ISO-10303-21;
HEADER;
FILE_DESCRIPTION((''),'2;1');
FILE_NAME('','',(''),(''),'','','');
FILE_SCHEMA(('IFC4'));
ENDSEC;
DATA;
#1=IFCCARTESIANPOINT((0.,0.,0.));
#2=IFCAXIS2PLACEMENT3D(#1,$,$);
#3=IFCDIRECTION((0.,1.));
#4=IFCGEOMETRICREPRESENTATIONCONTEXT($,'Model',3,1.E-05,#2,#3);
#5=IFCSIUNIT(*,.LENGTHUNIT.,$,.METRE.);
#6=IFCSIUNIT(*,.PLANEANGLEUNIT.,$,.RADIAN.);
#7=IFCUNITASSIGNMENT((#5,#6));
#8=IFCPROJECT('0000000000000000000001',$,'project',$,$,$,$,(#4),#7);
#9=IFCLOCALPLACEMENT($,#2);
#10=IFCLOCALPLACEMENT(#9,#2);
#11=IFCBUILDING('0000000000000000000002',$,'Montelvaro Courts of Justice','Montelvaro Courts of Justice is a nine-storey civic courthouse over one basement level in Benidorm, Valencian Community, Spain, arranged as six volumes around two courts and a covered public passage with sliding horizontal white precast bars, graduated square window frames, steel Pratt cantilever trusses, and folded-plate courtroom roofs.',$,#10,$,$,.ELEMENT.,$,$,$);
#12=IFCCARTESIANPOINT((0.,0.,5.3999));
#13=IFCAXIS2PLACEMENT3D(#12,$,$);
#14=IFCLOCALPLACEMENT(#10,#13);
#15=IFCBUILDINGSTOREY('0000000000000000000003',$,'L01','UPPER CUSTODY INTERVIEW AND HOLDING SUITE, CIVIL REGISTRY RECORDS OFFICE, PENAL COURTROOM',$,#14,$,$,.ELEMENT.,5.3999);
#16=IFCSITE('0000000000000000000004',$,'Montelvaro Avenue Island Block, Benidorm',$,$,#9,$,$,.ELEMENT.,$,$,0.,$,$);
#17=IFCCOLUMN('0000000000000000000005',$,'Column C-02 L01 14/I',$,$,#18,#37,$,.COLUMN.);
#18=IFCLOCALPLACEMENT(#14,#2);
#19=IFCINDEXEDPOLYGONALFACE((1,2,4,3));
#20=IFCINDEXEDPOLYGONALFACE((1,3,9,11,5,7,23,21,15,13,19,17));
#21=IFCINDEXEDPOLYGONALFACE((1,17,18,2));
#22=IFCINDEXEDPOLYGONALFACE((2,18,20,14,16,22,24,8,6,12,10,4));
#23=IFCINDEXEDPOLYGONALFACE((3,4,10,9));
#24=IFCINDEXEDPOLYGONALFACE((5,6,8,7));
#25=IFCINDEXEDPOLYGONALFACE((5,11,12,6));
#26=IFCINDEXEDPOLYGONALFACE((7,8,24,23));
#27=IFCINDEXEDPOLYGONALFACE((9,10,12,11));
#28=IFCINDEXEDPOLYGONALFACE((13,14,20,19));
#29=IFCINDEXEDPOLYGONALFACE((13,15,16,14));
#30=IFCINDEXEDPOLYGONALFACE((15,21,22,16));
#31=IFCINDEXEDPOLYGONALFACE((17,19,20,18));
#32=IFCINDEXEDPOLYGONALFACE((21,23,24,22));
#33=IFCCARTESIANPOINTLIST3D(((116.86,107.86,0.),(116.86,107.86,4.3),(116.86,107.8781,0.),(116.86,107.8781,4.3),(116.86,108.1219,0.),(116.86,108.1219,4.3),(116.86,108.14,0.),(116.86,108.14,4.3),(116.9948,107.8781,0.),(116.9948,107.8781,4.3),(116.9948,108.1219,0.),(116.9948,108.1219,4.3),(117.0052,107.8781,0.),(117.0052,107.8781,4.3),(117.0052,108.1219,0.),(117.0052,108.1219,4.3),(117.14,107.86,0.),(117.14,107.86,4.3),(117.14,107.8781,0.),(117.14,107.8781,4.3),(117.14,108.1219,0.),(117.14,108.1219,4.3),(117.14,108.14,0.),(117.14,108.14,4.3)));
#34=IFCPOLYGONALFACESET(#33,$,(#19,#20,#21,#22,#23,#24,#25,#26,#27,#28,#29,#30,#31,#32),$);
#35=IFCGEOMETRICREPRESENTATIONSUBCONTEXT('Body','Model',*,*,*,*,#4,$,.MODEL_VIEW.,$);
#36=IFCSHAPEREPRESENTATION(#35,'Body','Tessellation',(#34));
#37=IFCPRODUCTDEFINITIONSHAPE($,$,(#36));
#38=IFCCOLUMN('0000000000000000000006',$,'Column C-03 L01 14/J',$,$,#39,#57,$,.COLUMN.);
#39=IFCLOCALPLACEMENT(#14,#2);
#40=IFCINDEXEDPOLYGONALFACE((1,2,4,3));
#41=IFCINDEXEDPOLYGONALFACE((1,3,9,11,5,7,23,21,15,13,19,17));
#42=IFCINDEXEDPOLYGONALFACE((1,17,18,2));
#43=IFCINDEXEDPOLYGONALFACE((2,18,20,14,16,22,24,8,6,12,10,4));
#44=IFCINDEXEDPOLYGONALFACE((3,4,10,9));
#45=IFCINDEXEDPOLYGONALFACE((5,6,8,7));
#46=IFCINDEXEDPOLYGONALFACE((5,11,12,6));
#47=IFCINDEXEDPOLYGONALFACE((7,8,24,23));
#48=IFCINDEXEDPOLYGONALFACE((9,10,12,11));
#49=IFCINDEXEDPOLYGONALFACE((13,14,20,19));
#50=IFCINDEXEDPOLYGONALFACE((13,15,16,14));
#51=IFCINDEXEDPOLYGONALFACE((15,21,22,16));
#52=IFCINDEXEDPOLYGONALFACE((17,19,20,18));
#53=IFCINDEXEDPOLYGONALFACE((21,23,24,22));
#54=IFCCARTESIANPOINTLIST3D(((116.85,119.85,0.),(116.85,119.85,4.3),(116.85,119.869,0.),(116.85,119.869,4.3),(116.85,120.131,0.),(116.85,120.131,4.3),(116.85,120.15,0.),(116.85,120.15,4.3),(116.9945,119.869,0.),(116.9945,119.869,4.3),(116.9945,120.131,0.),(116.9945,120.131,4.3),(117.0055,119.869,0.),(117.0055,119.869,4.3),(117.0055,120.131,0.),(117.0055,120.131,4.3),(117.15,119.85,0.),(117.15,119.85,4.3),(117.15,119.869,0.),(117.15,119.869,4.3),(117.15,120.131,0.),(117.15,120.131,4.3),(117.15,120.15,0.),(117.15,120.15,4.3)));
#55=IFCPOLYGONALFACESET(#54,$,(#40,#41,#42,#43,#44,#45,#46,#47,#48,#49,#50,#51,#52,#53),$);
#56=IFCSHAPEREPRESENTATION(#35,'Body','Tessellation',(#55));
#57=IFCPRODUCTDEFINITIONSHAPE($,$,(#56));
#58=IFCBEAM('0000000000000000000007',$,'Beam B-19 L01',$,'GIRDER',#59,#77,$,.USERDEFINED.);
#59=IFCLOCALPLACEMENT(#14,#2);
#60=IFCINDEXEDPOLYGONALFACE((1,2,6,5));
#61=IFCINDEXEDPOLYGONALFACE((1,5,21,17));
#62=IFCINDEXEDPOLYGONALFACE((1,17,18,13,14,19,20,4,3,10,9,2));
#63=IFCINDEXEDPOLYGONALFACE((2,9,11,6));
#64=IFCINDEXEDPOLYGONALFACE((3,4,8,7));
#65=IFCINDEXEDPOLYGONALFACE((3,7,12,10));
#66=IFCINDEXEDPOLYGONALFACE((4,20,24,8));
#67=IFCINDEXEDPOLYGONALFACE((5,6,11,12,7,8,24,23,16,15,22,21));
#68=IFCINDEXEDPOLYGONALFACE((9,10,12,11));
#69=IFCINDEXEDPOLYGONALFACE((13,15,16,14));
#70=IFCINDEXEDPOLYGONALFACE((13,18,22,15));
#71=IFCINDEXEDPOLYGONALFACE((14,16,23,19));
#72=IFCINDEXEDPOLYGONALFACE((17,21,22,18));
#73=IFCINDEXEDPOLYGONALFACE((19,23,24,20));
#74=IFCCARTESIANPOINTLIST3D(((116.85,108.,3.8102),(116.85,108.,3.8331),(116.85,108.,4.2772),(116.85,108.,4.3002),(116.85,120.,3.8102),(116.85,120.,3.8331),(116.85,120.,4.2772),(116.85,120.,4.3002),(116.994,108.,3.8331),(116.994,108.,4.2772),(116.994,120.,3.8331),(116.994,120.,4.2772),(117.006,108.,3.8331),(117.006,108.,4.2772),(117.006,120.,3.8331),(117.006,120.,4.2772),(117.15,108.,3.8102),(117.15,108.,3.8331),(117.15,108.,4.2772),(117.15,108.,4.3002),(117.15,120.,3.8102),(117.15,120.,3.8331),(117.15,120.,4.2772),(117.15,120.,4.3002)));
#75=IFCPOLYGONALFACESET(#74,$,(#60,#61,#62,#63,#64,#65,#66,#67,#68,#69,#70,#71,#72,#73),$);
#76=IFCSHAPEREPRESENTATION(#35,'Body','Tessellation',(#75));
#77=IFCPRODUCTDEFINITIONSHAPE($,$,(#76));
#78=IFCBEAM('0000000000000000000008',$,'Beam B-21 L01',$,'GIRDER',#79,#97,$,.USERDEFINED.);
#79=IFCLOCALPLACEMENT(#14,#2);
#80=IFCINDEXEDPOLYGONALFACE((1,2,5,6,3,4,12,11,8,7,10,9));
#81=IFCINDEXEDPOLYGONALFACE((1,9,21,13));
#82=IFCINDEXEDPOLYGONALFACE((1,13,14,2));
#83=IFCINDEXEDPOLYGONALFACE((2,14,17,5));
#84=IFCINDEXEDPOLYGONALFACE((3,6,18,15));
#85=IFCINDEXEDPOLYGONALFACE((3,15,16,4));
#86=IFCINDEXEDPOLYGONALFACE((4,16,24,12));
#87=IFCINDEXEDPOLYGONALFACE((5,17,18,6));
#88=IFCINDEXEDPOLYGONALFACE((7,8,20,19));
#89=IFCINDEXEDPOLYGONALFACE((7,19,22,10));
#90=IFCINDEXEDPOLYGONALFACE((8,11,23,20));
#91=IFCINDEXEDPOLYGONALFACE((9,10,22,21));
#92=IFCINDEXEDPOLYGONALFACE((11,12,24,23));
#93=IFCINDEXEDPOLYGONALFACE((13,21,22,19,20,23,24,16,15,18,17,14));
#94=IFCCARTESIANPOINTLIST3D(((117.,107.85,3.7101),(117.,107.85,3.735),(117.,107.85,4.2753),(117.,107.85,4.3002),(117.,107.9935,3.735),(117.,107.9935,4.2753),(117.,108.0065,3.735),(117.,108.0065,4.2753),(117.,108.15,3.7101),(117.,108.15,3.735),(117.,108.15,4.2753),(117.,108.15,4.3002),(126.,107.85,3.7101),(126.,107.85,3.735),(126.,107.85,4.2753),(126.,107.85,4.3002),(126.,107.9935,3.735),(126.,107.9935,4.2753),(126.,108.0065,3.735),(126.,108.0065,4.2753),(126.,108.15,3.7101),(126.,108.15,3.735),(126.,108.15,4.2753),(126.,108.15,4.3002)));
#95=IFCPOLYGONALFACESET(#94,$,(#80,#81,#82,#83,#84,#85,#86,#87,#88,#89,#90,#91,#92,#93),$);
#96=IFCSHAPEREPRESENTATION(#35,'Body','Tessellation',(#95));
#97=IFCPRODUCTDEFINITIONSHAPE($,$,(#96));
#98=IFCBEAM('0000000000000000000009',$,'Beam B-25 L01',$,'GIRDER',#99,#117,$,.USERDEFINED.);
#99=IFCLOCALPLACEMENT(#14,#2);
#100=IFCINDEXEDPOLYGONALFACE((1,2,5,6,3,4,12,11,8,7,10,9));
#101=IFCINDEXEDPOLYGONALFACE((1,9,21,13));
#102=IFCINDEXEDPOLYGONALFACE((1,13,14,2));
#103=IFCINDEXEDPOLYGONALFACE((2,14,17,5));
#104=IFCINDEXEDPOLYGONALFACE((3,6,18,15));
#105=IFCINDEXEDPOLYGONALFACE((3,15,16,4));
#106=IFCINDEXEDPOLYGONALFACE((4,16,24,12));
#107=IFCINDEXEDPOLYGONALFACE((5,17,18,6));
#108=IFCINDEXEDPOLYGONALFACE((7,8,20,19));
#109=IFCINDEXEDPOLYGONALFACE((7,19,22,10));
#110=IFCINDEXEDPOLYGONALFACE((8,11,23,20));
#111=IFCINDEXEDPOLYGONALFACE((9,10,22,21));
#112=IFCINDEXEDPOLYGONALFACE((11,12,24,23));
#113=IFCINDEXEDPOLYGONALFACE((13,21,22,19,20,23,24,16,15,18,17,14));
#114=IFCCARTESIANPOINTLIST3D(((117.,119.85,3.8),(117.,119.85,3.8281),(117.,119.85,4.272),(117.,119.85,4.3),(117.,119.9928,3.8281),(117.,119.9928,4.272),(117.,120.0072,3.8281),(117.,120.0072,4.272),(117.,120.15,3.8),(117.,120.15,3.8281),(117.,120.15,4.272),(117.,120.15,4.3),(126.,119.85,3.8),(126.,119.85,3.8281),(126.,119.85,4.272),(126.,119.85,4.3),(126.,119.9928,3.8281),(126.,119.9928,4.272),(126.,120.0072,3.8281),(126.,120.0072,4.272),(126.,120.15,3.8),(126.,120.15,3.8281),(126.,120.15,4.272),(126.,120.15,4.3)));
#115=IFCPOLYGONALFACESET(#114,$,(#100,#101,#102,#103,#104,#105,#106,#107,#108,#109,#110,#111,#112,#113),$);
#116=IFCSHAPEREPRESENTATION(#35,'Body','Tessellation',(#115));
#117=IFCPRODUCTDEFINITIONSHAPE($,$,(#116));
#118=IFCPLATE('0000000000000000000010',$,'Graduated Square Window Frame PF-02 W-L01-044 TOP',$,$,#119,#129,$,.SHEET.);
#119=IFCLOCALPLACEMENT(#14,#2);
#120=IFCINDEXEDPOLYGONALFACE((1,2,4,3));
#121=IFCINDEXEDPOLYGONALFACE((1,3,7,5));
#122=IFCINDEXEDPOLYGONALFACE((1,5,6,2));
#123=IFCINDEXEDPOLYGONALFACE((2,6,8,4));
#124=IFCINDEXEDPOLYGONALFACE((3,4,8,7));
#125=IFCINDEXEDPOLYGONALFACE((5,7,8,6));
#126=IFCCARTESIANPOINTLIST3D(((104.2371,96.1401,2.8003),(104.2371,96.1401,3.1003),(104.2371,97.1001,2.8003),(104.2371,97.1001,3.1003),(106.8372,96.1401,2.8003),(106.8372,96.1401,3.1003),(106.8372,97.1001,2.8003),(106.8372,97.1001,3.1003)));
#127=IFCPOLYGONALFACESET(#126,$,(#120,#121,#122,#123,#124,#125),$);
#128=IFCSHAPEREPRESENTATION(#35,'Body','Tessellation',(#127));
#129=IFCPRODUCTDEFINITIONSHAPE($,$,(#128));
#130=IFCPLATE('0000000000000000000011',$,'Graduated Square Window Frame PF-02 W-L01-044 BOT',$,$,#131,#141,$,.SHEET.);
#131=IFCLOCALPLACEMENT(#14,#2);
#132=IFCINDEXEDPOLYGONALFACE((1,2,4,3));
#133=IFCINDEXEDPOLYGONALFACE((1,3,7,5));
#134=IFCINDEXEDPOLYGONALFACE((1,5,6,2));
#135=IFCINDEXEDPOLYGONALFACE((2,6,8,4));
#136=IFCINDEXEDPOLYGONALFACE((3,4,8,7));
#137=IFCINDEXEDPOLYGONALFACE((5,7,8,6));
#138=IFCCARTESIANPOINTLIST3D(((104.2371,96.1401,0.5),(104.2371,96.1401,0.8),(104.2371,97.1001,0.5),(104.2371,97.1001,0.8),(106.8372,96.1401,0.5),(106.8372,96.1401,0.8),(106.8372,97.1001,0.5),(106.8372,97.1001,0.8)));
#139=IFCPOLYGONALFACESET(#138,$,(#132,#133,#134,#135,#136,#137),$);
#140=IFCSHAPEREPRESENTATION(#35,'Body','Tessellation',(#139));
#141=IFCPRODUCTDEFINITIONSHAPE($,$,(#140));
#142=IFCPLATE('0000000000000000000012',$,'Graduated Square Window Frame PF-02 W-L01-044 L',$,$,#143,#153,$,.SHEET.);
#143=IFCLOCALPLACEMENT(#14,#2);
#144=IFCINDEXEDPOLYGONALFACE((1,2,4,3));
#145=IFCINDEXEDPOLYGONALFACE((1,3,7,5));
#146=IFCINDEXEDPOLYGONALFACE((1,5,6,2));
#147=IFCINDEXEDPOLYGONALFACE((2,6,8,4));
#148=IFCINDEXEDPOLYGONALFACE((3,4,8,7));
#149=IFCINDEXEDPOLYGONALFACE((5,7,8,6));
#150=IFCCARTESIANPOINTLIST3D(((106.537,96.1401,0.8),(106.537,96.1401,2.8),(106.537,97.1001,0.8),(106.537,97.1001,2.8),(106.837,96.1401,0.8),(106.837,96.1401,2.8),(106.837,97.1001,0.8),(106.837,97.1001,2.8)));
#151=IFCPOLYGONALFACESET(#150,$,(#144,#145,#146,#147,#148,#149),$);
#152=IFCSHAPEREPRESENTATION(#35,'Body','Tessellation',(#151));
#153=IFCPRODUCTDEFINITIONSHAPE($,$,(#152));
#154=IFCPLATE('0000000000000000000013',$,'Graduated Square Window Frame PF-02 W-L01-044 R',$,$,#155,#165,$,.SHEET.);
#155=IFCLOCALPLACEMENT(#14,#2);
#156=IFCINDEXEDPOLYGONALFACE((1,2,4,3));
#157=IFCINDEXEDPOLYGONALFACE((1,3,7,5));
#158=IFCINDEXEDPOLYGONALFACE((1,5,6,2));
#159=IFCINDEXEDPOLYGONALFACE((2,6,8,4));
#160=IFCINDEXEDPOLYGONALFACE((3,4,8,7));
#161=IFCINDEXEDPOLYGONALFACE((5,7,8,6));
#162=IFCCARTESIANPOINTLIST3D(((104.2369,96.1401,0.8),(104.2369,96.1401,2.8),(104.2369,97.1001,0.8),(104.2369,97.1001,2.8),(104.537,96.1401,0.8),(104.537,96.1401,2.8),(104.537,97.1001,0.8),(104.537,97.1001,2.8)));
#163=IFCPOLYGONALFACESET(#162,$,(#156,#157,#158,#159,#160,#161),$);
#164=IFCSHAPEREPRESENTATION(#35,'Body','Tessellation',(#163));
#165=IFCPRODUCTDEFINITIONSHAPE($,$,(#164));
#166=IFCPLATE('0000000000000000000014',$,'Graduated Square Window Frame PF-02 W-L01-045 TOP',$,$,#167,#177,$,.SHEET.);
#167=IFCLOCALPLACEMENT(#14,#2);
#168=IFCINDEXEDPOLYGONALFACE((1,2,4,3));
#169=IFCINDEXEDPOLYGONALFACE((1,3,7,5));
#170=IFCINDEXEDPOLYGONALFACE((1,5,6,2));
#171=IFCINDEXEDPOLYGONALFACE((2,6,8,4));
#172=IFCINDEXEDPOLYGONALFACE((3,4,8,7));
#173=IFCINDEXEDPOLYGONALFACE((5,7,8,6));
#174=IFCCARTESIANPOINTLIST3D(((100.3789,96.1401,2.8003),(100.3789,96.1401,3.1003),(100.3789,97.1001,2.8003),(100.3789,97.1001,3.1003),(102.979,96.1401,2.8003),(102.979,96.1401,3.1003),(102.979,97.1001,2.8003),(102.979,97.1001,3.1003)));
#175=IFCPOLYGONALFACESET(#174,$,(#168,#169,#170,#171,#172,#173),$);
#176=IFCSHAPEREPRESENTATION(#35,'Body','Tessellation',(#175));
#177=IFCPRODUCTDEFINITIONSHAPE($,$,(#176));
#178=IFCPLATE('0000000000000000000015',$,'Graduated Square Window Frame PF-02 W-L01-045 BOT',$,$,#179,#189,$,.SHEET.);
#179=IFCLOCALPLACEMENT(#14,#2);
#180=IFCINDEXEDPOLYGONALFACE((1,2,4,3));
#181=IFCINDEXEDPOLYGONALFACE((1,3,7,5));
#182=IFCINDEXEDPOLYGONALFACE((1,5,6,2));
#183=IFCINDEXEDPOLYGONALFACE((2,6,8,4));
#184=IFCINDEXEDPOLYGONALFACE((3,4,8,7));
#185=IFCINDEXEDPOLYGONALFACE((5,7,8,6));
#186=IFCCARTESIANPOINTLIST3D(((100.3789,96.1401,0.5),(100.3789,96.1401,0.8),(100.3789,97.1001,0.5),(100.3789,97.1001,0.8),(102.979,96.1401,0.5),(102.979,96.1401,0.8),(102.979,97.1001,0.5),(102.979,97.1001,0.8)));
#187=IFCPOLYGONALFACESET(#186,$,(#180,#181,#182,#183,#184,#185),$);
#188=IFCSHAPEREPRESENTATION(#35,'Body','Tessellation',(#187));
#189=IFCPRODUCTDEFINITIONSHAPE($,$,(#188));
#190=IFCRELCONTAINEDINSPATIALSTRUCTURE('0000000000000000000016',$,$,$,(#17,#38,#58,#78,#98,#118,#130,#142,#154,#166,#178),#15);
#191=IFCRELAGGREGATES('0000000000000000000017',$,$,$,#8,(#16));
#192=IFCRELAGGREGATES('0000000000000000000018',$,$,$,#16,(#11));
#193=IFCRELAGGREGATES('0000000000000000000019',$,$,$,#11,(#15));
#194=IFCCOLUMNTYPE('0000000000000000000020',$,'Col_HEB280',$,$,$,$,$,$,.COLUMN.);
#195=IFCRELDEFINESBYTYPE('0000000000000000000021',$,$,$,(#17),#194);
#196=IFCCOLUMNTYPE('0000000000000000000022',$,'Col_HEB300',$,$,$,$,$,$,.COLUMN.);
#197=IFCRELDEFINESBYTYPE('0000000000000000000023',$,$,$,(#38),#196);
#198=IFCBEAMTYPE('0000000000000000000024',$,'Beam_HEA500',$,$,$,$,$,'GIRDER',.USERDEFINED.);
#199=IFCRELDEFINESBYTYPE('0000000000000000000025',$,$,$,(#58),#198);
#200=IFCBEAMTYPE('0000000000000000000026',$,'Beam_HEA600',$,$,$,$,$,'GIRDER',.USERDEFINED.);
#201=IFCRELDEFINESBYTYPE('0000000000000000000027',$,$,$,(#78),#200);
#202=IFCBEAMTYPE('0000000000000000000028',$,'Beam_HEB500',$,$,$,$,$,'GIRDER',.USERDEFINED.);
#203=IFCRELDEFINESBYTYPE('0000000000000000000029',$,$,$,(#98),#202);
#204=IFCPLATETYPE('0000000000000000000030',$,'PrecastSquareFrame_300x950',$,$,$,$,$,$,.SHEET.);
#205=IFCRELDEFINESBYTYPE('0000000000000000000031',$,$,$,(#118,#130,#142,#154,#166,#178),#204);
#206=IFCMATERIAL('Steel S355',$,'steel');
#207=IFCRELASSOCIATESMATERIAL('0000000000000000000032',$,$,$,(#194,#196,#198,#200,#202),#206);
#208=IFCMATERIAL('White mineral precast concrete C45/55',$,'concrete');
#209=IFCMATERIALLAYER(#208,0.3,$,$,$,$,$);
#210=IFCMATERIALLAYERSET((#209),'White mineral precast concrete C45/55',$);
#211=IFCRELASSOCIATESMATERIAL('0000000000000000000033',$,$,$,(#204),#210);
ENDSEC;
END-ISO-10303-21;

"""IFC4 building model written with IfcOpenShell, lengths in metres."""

from ifc_helpers import new_model, si_unit, direction, frame, origin, origin_2d, place, context, subcontext, project, spatial, rectangle, i_section, extrude, material, layer, layer_set, material_profile, profile_set, type_object, element, save


model = new_model("IFC4")

# Units and contexts
model_context = context("Model", 3, precision=1e-05, world=origin(), true_north=direction((0.0, 1.0)))
body_context = subcontext(model_context, "Body", "Model", "MODEL_VIEW")
ifc_project = project(units=[si_unit("LENGTHUNIT", "METRE"), si_unit("PLANEANGLEUNIT", "RADIAN")], contexts=[model_context])

# Site, building, storey
site_placement = place(None, origin())
site = spatial("IfcSite", under=ifc_project, at=site_placement, Name="Montelvaro Avenue Island Block, Benidorm", CompositionType="ELEMENT", RefElevation=0.0)
building_placement = place(site_placement, origin())
building = spatial("IfcBuilding", under=site, at=building_placement, Name="Montelvaro Courts of Justice", Description="Montelvaro Courts of Justice is a nine-storey civic courthouse over one basement level in Benidorm, Valencian Community, Spain, arranged as six volumes around two courts and a covered public passage with sliding horizontal white precast bars, graduated square window frames, steel Pratt cantilever trusses, and folded-plate courtroom roofs.", CompositionType="ELEMENT")
storey_placement = place(building_placement, frame((0.0, 0.0, 5.3999)))
storey = spatial("IfcBuildingStorey", under=building, at=storey_placement, Name="L01", Description="UPPER CUSTODY INTERVIEW AND HOLDING SUITE, CIVIL REGISTRY RECORDS OFFICE, PENAL COURTROOM", CompositionType="ELEMENT", Elevation=5.3999)

# Columns
ifc_material_1 = material(Name="Steel S355", Category="steel")
ifc_material_profile_1 = material_profile(ifc_material_1, i_section(OverallWidth=0.28, OverallDepth=0.28, WebThickness=0.0105, FlangeThickness=0.0181, at=origin_2d()), Name="HEB 280")
ifc_profile_set_1 = profile_set([ifc_material_profile_1], Name="Steel S355")
column_type_1 = type_object("IfcColumnType", Name="Col_HEB280", PredefinedType="COLUMN", material=ifc_profile_set_1)
column_1_placement = place(storey_placement, frame((117.0, 108.0, 0.0), z_axis=(0.0, 0.0, 1.0), x_axis=(1.0, 0.0, 0.0)))
element("IfcColumn", 1, at=column_1_placement, inside=storey, type_object=column_type_1, Name="Column C-02 L01 14/I", PredefinedType="COLUMN", context=body_context, shape_type="SweptSolid", body=[
    extrude(i_section(OverallWidth=0.28, OverallDepth=0.28, WebThickness=0.0105, FlangeThickness=0.0181, at=origin_2d()), origin(), (0.0, 0.0, 1.0), 4.3),
])
ifc_material_profile_2 = material_profile(ifc_material_1, i_section(OverallWidth=0.3, OverallDepth=0.3, WebThickness=0.011, FlangeThickness=0.019, at=origin_2d()), Name="HEB 300")
ifc_profile_set_2 = profile_set([ifc_material_profile_2], Name="Steel S355")
column_type_2 = type_object("IfcColumnType", Name="Col_HEB300", PredefinedType="COLUMN", material=ifc_profile_set_2)
column_2_placement = place(storey_placement, frame((117.0, 120.0, 0.0), z_axis=(0.0, 0.0, 1.0), x_axis=(1.0, 0.0, 0.0)))
element("IfcColumn", 2, at=column_2_placement, inside=storey, type_object=column_type_2, Name="Column C-03 L01 14/J", PredefinedType="COLUMN", context=body_context, shape_type="SweptSolid", body=[
    extrude(i_section(OverallWidth=0.3, OverallDepth=0.3, WebThickness=0.011, FlangeThickness=0.019, at=origin_2d()), origin(), (0.0, 0.0, 1.0), 4.3),
])

# Beams
ifc_material_profile_3 = material_profile(ifc_material_1, i_section(OverallWidth=0.3, OverallDepth=0.49, WebThickness=0.012, FlangeThickness=0.0229, at=origin_2d()), Name="HEA 500")
ifc_profile_set_3 = profile_set([ifc_material_profile_3], Name="Steel S355")
beam_type_1 = type_object("IfcBeamType", Name="Beam_HEA500", ElementType="GIRDER", PredefinedType="USERDEFINED", material=ifc_profile_set_3)
beam_1_placement = place(storey_placement, frame((117.0, 108.0, 4.0552), z_axis=(0.0, 1.0, 0.0), x_axis=(-1.0, 0.0, 0.0)))
element("IfcBeam", 3, at=beam_1_placement, inside=storey, type_object=beam_type_1, Name="Beam B-19 L01", ObjectType="GIRDER", PredefinedType="USERDEFINED", context=body_context, shape_type="SweptSolid", body=[
    extrude(i_section(OverallWidth=0.3, OverallDepth=0.49, WebThickness=0.012, FlangeThickness=0.0229, at=origin_2d()), origin(), (0.0, 0.0, 1.0), 12.0),
])
ifc_material_profile_4 = material_profile(ifc_material_1, i_section(OverallWidth=0.3, OverallDepth=0.5901, WebThickness=0.0129, FlangeThickness=0.0249, at=origin_2d()), Name="HEA 600")
ifc_profile_set_4 = profile_set([ifc_material_profile_4], Name="Steel S355")
beam_type_2 = type_object("IfcBeamType", Name="Beam_HEA600", ElementType="GIRDER", PredefinedType="USERDEFINED", material=ifc_profile_set_4)
beam_2_placement = place(storey_placement, frame((117.0, 108.0, 4.0051), z_axis=(1.0, 0.0, 0.0), x_axis=(0.0, 1.0, 0.0)))
element("IfcBeam", 4, at=beam_2_placement, inside=storey, type_object=beam_type_2, Name="Beam B-21 L01", ObjectType="GIRDER", PredefinedType="USERDEFINED", context=body_context, shape_type="SweptSolid", body=[
    extrude(i_section(OverallWidth=0.3, OverallDepth=0.5901, WebThickness=0.0129, FlangeThickness=0.0249, at=origin_2d()), origin(), (0.0, 0.0, 1.0), 9.0),
])
ifc_material_profile_5 = material_profile(ifc_material_1, i_section(OverallWidth=0.3, OverallDepth=0.5, WebThickness=0.0144, FlangeThickness=0.0281, at=origin_2d()), Name="HEB 500")
ifc_profile_set_5 = profile_set([ifc_material_profile_5], Name="Steel S355")
beam_type_3 = type_object("IfcBeamType", Name="Beam_HEB500", ElementType="GIRDER", PredefinedType="USERDEFINED", material=ifc_profile_set_5)
beam_3_placement = place(storey_placement, frame((117.0, 120.0, 4.05), z_axis=(1.0, 0.0, 0.0), x_axis=(0.0, 1.0, 0.0)))
element("IfcBeam", 5, at=beam_3_placement, inside=storey, type_object=beam_type_3, Name="Beam B-25 L01", ObjectType="GIRDER", PredefinedType="USERDEFINED", context=body_context, shape_type="SweptSolid", body=[
    extrude(i_section(OverallWidth=0.3, OverallDepth=0.5, WebThickness=0.0144, FlangeThickness=0.0281, at=origin_2d()), origin(), (0.0, 0.0, 1.0), 9.0),
])

# Plates
ifc_material_2 = material(Name="White mineral precast concrete C45/55", Category="concrete")
ifc_layer_1 = layer(ifc_material_2, 0.3)
ifc_layer_set_1 = layer_set([ifc_layer_1], Name="White mineral precast concrete C45/55")
plate_type = type_object("IfcPlateType", Name="PrecastSquareFrame_300x950", PredefinedType="SHEET", material=ifc_layer_set_1)
for number, where, z_axis, x_axis, name in (
    (6, (105.5371, 96.6201, 2.8003), (0.0, 0.0, 1.0), (-1.0, 0.0, 0.0), "Graduated Square Window Frame PF-02 W-L01-044 TOP"),
    (7, (105.5371, 96.6201, 0.5), (0.0, 0.0, 1.0), (-1.0, 0.0, 0.0), "Graduated Square Window Frame PF-02 W-L01-044 BOT"),
):
    element("IfcPlate", number, at=place(storey_placement, frame(where, z_axis=z_axis, x_axis=x_axis)), inside=storey, type_object=plate_type, Name=name, PredefinedType="SHEET", context=body_context, shape_type="SweptSolid", body=[
        extrude(rectangle(XDim=2.6001, YDim=0.96, at=origin_2d()), origin(), (0.0, 0.0, 1.0), 0.3),
    ])
for number, where, z_axis, x_axis, name in (
    (8, (106.687, 96.6201, 0.8), (0.0, 0.0, 1.0), (-1.0, 0.0, 0.0), "Graduated Square Window Frame PF-02 W-L01-044 L"),
    (9, (104.387, 96.6201, 0.8), (0.0, 0.0, 1.0), (-1.0, 0.0, 0.0), "Graduated Square Window Frame PF-02 W-L01-044 R"),
):
    element("IfcPlate", number, at=place(storey_placement, frame(where, z_axis=z_axis, x_axis=x_axis)), inside=storey, type_object=plate_type, Name=name, PredefinedType="SHEET", context=body_context, shape_type="SweptSolid", body=[
        extrude(rectangle(XDim=0.3, YDim=0.96, at=origin_2d()), origin(), (0.0, 0.0, 1.0), 2.0),
    ])
for number, where, z_axis, x_axis, name in (
    (10, (101.679, 96.6201, 2.8003), (0.0, 0.0, 1.0), (-1.0, 0.0, 0.0), "Graduated Square Window Frame PF-02 W-L01-045 TOP"),
    (11, (101.679, 96.6201, 0.5), (0.0, 0.0, 1.0), (-1.0, 0.0, 0.0), "Graduated Square Window Frame PF-02 W-L01-045 BOT"),
):
    element("IfcPlate", number, at=place(storey_placement, frame(where, z_axis=z_axis, x_axis=x_axis)), inside=storey, type_object=plate_type, Name=name, PredefinedType="SHEET", context=body_context, shape_type="SweptSolid", body=[
        extrude(rectangle(XDim=2.6001, YDim=0.96, at=origin_2d()), origin(), (0.0, 0.0, 1.0), 0.3),
    ])

save(model, "model.ifc")
